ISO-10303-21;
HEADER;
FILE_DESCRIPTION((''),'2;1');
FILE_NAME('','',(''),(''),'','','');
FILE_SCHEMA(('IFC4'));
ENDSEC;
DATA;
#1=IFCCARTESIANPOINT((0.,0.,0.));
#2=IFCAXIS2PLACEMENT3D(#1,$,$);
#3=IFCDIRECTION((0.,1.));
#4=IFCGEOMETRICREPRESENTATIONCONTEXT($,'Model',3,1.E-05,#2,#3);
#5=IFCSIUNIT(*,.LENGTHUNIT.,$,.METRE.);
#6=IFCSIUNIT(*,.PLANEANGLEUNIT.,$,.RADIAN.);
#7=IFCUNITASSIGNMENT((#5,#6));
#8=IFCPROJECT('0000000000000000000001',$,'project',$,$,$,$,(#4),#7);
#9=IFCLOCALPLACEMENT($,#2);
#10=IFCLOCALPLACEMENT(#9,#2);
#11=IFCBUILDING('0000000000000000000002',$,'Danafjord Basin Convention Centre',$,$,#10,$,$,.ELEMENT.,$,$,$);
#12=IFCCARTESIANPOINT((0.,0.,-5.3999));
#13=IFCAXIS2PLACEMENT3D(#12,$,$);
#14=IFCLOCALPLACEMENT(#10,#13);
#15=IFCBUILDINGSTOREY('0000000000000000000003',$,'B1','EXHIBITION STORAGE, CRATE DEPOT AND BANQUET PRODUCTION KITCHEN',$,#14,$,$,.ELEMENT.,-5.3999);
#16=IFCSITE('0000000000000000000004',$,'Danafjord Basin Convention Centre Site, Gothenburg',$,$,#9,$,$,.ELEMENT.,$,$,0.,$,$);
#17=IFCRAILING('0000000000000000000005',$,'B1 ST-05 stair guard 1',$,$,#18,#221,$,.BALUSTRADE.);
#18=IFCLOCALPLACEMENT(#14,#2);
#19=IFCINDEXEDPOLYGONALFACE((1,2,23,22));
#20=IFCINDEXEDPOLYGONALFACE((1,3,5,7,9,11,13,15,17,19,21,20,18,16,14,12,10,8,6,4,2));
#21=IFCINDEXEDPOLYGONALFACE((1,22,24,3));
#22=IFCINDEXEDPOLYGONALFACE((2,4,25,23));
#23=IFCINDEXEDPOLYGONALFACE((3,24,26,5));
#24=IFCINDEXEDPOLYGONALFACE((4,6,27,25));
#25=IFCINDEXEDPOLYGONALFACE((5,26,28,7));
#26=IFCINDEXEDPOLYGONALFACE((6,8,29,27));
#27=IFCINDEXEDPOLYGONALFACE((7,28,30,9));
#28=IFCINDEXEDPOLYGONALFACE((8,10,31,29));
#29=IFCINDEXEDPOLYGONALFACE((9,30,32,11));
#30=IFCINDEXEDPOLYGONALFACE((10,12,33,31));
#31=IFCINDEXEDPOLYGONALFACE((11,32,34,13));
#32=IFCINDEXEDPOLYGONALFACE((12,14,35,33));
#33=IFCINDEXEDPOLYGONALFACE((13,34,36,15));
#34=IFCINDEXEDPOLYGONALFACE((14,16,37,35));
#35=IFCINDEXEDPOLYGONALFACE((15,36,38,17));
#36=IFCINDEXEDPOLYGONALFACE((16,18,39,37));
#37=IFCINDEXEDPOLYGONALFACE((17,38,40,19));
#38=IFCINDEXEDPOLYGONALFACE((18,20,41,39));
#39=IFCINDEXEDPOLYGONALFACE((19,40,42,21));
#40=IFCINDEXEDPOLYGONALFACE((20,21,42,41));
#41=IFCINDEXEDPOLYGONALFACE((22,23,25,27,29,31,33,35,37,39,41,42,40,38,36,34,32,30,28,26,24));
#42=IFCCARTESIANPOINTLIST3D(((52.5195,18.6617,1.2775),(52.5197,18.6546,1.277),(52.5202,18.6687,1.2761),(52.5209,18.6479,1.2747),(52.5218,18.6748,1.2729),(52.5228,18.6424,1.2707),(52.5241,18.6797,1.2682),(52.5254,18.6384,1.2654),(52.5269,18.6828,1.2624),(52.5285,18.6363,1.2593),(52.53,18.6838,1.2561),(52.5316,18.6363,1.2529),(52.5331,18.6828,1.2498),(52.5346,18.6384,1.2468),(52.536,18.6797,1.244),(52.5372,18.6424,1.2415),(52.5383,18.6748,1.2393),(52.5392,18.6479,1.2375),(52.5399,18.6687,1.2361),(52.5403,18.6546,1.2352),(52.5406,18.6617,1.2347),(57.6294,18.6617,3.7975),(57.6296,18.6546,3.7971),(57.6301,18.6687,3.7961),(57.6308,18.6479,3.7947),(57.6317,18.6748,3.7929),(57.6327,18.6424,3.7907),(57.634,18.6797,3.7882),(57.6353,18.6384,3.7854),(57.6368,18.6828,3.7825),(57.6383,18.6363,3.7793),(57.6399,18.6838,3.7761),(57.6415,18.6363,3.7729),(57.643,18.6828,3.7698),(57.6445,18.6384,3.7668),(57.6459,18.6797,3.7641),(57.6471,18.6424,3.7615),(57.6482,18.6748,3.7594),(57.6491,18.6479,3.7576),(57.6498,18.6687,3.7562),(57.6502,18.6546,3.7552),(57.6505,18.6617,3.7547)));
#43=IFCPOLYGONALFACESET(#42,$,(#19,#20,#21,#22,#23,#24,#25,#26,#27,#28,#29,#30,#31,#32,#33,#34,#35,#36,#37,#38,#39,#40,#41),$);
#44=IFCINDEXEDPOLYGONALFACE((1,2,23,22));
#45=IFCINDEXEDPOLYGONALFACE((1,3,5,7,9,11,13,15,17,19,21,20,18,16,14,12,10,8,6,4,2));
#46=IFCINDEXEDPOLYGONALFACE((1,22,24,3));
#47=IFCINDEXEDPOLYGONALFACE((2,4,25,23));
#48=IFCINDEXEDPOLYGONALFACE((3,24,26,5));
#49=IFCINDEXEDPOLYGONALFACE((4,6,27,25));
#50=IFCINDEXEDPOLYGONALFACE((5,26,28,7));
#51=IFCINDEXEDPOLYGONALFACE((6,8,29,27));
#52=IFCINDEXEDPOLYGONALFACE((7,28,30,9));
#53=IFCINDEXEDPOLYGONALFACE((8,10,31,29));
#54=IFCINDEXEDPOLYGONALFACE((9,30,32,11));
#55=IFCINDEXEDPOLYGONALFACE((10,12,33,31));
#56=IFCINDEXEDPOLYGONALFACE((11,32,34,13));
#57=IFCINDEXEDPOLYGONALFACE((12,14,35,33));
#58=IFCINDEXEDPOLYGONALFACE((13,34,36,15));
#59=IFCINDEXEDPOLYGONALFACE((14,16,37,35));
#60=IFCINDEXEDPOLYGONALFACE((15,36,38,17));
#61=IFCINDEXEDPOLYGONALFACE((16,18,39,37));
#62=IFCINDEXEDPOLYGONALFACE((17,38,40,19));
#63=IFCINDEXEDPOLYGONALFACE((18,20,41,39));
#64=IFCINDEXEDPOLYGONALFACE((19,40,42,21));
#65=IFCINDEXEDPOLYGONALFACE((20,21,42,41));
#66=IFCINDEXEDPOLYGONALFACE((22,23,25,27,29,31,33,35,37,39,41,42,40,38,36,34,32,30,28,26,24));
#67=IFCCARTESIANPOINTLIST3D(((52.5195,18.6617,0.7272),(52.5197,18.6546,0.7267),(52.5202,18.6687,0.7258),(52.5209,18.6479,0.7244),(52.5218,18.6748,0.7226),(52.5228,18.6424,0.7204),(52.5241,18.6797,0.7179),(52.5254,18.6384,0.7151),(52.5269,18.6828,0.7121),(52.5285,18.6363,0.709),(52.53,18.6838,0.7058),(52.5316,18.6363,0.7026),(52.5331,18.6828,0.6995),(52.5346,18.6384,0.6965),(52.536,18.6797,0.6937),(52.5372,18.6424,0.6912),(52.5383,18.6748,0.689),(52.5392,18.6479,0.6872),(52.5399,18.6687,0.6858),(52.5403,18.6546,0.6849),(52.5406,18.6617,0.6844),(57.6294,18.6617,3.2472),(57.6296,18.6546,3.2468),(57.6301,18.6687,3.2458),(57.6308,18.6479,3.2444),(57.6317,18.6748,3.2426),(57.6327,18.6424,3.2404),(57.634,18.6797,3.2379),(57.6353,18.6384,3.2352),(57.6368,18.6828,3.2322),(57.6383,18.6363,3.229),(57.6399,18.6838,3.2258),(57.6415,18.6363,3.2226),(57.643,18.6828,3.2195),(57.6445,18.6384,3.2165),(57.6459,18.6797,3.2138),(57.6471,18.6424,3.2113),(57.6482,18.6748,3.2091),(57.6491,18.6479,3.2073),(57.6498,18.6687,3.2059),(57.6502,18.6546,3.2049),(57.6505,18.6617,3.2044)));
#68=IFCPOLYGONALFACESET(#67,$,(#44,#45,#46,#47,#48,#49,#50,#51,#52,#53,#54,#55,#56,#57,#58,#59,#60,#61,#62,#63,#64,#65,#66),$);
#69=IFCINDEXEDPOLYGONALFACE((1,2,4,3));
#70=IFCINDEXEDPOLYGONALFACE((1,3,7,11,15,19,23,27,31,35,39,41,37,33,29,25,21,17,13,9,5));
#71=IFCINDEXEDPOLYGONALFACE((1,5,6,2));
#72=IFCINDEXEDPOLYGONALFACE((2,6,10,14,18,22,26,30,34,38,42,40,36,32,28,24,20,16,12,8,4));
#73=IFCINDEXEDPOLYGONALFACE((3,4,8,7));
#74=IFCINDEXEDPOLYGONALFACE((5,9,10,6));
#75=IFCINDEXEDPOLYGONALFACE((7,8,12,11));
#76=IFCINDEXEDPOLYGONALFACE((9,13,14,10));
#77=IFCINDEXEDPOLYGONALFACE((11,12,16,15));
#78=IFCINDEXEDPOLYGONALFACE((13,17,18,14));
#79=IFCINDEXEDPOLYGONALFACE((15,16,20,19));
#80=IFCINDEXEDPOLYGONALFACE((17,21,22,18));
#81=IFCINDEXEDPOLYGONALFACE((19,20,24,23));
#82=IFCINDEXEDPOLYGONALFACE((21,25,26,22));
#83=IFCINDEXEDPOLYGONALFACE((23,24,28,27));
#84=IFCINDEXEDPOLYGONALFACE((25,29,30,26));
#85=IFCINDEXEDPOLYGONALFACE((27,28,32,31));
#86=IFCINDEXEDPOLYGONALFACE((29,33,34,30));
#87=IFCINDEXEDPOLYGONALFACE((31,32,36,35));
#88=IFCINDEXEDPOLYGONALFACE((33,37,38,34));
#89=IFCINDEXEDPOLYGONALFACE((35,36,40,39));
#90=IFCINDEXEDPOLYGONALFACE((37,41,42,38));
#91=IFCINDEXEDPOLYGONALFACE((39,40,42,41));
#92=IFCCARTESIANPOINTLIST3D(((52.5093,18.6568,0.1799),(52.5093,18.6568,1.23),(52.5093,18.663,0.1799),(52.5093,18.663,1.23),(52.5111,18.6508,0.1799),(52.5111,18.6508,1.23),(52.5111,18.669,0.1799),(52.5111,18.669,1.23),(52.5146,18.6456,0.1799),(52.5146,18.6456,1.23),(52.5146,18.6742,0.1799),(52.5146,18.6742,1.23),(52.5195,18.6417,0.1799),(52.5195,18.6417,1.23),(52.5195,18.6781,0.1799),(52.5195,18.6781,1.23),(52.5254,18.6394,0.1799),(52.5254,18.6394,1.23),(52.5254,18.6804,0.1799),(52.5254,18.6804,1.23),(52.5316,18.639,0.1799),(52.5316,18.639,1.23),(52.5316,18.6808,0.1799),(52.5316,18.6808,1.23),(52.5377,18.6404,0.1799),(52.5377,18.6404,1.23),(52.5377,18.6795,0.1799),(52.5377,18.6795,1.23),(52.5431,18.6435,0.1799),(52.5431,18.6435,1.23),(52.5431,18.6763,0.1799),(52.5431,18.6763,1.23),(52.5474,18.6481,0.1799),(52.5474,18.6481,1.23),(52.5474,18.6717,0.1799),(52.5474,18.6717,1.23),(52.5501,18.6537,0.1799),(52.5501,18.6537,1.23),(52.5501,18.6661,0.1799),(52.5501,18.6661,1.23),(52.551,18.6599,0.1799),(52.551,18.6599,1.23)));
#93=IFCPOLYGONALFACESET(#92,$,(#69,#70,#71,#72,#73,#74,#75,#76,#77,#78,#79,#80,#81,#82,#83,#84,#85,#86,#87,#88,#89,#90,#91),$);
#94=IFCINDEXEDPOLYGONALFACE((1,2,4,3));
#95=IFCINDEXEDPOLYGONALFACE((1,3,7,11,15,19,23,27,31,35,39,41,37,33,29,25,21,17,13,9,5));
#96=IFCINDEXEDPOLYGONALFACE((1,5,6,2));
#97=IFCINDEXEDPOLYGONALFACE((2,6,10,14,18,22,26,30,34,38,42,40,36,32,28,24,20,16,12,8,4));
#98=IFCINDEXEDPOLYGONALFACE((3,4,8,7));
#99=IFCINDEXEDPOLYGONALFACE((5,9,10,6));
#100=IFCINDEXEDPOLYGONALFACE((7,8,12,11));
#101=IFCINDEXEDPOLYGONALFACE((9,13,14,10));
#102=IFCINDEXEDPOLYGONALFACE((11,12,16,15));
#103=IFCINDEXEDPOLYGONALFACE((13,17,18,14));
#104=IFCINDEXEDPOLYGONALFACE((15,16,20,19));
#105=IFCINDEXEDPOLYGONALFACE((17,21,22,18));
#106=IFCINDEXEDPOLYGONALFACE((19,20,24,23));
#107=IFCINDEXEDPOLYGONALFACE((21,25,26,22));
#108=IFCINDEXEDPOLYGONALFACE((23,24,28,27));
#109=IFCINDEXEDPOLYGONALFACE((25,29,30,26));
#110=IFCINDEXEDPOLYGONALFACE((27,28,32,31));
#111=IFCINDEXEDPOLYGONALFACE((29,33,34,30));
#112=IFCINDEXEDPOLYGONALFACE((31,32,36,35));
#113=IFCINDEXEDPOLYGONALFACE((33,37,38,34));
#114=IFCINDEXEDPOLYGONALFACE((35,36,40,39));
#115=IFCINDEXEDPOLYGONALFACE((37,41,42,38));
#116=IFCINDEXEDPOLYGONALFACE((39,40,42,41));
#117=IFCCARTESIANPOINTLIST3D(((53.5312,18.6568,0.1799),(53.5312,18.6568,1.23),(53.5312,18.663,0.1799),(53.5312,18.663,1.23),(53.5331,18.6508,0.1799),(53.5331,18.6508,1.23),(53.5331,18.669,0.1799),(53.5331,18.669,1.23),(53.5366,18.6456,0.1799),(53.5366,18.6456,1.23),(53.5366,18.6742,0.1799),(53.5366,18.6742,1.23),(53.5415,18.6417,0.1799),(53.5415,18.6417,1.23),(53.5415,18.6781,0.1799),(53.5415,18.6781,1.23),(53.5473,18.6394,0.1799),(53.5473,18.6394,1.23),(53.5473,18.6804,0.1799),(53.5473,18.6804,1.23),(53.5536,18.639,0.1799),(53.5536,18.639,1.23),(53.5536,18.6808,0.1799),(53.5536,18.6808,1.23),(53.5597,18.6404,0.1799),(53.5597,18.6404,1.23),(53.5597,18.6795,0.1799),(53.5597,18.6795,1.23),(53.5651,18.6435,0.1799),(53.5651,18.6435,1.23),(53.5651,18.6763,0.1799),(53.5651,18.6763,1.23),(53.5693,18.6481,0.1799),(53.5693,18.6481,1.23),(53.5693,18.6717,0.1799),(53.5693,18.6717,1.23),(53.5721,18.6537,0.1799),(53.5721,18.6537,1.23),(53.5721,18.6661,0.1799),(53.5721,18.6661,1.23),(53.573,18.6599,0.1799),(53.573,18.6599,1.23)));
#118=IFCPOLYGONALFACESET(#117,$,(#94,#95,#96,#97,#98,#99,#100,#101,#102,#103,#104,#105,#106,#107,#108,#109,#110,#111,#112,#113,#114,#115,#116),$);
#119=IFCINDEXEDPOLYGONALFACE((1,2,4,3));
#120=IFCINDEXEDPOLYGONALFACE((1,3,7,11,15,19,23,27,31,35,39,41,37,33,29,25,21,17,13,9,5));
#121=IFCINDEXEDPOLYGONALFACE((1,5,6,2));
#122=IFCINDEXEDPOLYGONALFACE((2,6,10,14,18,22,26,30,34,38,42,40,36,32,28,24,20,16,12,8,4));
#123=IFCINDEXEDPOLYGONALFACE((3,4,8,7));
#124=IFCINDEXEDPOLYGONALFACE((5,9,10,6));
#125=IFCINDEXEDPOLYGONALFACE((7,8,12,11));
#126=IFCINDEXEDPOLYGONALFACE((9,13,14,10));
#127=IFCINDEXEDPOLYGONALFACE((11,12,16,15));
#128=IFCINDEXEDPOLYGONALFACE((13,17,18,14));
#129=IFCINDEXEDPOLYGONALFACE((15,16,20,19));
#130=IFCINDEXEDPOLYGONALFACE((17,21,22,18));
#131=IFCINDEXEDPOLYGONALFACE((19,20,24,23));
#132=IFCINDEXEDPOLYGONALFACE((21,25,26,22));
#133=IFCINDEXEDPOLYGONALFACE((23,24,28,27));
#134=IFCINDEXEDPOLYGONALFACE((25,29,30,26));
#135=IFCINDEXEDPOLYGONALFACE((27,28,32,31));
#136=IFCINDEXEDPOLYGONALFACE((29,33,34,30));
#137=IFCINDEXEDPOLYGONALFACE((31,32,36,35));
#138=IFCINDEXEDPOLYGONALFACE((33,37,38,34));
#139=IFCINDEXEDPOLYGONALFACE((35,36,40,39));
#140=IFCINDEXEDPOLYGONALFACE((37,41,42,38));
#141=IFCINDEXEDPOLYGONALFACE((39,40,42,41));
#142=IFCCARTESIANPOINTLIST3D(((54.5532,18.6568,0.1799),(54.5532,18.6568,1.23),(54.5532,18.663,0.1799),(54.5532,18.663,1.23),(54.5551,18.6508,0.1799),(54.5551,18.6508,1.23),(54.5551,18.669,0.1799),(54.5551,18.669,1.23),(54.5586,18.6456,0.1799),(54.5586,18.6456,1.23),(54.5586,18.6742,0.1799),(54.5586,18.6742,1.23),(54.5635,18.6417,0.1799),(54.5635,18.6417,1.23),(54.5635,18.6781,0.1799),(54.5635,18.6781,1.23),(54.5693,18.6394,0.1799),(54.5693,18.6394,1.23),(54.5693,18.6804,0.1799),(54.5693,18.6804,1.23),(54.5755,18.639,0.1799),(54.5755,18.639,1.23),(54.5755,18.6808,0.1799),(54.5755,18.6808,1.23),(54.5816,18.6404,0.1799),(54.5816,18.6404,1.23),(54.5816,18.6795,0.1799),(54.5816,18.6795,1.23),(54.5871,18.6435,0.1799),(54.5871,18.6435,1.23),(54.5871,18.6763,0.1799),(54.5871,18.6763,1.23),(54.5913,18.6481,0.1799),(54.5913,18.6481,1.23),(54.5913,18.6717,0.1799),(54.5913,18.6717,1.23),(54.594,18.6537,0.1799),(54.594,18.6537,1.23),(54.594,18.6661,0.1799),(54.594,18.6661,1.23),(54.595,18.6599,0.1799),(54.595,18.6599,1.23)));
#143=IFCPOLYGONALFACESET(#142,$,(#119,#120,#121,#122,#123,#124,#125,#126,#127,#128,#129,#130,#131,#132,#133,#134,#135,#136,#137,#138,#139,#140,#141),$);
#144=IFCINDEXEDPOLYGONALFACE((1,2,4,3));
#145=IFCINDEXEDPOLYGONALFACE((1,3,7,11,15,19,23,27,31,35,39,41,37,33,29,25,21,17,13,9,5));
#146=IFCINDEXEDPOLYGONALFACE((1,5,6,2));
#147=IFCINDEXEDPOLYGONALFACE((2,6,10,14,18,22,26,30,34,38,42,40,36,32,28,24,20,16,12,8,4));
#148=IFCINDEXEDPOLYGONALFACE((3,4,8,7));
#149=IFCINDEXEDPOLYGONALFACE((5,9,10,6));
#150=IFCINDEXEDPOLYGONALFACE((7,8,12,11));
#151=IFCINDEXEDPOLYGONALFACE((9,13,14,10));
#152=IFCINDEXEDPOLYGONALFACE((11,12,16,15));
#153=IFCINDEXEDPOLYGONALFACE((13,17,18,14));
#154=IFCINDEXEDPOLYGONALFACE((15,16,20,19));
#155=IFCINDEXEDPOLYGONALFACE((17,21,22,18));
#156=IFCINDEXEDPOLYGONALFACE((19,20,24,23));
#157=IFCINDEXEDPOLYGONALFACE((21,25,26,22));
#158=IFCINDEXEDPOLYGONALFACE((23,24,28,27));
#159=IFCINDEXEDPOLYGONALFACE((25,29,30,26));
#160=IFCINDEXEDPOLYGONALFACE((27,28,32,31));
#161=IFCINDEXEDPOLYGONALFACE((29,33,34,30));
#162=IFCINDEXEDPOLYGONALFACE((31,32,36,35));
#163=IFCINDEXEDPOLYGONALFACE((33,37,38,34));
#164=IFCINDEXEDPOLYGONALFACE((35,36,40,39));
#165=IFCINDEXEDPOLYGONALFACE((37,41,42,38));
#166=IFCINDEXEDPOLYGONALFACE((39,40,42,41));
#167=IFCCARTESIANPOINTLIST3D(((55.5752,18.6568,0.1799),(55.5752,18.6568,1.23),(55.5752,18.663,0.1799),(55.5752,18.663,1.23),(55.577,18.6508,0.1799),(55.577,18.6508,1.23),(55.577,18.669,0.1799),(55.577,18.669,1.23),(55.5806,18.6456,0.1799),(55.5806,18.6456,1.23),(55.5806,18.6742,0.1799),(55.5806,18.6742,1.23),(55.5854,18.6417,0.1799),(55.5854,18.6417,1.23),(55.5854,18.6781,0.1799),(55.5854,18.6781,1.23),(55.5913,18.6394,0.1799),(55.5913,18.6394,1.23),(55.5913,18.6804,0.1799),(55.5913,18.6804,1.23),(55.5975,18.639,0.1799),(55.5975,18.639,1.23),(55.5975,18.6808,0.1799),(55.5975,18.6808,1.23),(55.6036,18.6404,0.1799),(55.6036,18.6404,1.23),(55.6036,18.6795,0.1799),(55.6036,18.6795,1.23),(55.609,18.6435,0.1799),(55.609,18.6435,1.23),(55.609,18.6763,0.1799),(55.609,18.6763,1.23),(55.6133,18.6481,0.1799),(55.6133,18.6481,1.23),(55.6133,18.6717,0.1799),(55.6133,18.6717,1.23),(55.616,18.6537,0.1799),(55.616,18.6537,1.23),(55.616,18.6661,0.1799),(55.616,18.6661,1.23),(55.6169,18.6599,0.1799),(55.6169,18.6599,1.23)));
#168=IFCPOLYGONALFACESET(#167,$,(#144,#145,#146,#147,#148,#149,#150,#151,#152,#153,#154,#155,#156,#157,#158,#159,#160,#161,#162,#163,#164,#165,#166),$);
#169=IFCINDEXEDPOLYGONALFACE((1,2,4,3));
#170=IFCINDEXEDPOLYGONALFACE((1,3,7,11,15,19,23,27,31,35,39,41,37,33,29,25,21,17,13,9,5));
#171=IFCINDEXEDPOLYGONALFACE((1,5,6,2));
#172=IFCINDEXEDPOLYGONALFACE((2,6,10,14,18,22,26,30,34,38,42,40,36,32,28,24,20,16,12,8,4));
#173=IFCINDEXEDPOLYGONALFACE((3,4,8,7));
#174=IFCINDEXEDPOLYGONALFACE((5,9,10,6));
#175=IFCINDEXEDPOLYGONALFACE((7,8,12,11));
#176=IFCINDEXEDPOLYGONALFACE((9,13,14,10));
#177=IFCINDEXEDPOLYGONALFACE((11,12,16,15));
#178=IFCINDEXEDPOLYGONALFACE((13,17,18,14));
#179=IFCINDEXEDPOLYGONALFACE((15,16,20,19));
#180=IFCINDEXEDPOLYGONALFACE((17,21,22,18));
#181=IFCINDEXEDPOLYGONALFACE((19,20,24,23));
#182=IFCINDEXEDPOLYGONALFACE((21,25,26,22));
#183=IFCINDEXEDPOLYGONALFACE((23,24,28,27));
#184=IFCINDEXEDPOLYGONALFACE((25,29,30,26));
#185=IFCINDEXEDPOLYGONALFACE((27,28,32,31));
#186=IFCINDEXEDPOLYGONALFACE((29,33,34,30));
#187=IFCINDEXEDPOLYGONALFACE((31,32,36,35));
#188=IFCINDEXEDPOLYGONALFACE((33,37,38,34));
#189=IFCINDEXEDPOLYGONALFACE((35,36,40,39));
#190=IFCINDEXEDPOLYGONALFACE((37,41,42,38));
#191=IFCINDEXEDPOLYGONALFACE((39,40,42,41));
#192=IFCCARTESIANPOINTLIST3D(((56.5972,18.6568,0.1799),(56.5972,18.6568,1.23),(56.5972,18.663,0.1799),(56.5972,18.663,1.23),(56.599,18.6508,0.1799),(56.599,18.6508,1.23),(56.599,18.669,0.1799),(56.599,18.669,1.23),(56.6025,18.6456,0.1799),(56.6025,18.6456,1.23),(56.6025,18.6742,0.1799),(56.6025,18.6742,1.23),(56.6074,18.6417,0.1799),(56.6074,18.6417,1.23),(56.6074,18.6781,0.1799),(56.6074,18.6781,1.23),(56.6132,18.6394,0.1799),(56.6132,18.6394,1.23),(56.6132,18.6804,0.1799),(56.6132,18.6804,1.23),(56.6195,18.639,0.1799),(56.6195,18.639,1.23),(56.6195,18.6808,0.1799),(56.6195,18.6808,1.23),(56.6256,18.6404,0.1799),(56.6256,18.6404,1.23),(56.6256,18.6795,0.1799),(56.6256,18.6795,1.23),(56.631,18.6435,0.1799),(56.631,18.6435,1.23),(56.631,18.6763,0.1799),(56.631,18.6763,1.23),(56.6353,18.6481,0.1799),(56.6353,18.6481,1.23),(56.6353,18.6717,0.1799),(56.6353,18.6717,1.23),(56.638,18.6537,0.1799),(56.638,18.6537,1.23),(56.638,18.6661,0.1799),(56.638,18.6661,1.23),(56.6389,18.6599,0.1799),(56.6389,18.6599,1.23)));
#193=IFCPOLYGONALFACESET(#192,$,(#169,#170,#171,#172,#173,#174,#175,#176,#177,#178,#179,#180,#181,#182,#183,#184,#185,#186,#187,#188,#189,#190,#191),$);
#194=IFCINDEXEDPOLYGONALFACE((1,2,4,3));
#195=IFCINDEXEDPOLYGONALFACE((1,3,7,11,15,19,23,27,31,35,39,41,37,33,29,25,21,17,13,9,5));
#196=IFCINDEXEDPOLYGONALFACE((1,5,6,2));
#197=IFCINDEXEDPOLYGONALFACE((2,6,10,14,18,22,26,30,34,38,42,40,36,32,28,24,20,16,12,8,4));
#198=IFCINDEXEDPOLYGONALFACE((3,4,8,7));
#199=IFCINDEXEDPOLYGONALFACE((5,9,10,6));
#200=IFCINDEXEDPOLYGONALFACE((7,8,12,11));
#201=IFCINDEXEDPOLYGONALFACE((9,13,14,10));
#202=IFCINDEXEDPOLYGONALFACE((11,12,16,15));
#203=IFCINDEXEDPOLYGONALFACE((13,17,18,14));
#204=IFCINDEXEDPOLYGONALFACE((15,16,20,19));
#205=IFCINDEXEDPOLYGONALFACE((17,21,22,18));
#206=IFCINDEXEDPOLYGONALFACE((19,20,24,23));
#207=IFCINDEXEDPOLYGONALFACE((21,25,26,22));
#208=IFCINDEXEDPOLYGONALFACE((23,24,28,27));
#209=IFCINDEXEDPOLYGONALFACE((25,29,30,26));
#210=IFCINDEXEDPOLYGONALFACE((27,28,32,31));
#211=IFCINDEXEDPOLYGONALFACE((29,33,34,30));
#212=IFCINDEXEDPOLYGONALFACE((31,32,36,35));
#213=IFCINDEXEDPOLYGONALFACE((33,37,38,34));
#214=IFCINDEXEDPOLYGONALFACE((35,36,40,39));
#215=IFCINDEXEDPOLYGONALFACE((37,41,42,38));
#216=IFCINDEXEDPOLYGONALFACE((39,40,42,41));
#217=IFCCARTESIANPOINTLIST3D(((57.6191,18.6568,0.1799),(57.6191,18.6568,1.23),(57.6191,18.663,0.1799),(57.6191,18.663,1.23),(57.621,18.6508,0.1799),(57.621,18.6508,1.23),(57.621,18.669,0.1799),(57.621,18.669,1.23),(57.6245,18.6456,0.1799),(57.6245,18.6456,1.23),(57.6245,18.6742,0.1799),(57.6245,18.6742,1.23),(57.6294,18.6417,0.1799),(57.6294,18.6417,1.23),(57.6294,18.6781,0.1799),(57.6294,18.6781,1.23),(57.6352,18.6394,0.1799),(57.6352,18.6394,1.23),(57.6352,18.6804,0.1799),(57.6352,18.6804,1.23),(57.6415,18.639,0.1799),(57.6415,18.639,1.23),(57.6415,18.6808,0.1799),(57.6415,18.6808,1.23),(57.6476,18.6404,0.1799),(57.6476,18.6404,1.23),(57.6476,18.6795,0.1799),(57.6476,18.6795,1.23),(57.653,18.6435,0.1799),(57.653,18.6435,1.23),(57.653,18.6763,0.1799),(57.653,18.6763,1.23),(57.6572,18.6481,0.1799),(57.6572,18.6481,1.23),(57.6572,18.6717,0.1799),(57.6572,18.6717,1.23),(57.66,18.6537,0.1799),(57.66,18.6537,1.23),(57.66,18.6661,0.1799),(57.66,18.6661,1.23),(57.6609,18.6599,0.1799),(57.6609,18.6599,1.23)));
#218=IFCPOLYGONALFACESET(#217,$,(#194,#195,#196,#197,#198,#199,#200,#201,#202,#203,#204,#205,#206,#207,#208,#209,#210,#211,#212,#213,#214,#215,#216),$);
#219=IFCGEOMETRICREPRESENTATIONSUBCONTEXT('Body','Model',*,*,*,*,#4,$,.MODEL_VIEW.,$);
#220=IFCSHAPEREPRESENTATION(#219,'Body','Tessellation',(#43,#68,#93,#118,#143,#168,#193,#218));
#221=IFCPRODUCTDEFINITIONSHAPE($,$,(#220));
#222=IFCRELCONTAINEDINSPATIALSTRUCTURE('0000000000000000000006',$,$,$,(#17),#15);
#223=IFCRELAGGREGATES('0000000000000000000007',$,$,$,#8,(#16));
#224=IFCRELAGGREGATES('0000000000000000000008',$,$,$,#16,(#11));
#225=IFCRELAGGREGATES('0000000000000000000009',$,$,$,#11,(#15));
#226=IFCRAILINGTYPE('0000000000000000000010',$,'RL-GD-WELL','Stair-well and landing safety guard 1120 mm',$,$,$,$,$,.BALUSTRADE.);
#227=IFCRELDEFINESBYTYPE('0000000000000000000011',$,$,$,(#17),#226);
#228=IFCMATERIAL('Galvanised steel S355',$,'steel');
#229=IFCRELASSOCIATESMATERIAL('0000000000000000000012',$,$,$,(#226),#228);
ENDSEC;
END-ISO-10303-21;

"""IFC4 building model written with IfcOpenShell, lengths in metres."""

from ifc_helpers import new_model, si_unit, direction, frame, origin, origin_2d, place, context, subcontext, project, spatial, circle, extrude, material, type_object, element, save


model = new_model("IFC4")

# Units and contexts
model_context = context("Model", 3, precision=1e-05, world=origin(), true_north=direction((0.0, 1.0)))
body_context = subcontext(model_context, "Body", "Model", "MODEL_VIEW")
ifc_project = project(units=[si_unit("LENGTHUNIT", "METRE"), si_unit("PLANEANGLEUNIT", "RADIAN")], contexts=[model_context])

# Site, building, storey
site_placement = place(None, origin())
site = spatial("IfcSite", under=ifc_project, at=site_placement, Name="Danafjord Basin Convention Centre Site, Gothenburg", CompositionType="ELEMENT", RefElevation=0.0)
building_placement = place(site_placement, origin())
building = spatial("IfcBuilding", under=site, at=building_placement, Name="Danafjord Basin Convention Centre", CompositionType="ELEMENT")
storey_placement = place(building_placement, frame((0.0, 0.0, -5.3999)))
storey = spatial("IfcBuildingStorey", under=building, at=storey_placement, Name="B1", Description="EXHIBITION STORAGE, CRATE DEPOT AND BANQUET PRODUCTION KITCHEN", CompositionType="ELEMENT", Elevation=-5.3999)

# Railing
ifc_material_1 = material(Name="Galvanised steel S355", Category="steel")
railing_type_1 = type_object("IfcRailingType", Name="RL-GD-WELL", Description="Stair-well and landing safety guard 1120 mm", PredefinedType="BALUSTRADE", material=ifc_material_1)
railing_1_placement = place(storey_placement, frame((52.53, 18.6599, 0.1799)))
element("IfcRailing", 1, at=railing_1_placement, inside=storey, type_object=railing_type_1, Name="B1 ST-05 stair guard 1", PredefinedType="BALUSTRADE", context=body_context, shape_type="SweptSolid", body=[
    extrude(circle(Radius=0.0239, at=origin_2d()), frame((0.0, 0.0, 1.0762), z_axis=(0.896865, 0.0, 0.442305), x_axis=(0.0, 1.0, 0.0)), (0.0, 0.0, 1.0), 5.6975),
    extrude(circle(Radius=0.0239, at=origin_2d()), frame((0.0, 0.0, 0.5259), z_axis=(0.896865, 0.0, 0.442305), x_axis=(0.0, 1.0, 0.0)), (0.0, 0.0, 1.0), 5.6975),
    extrude(circle(Radius=0.021, at=origin_2d()), origin(), (0.0, 0.0, 1.0), 1.05),
    extrude(circle(Radius=0.021, at=origin_2d()), frame((1.022, 0.0, 0.0)), (0.0, 0.0, 1.0), 1.05),
    extrude(circle(Radius=0.021, at=origin_2d()), frame((2.0439, 0.0, 0.0)), (0.0, 0.0, 1.0), 1.05),
    extrude(circle(Radius=0.021, at=origin_2d()), frame((3.0659, 0.0, 0.0)), (0.0, 0.0, 1.0), 1.05),
    extrude(circle(Radius=0.021, at=origin_2d()), frame((4.0879, 0.0, 0.0)), (0.0, 0.0, 1.0), 1.05),
    extrude(circle(Radius=0.021, at=origin_2d()), frame((5.1099, 0.0, 0.0)), (0.0, 0.0, 1.0), 1.05),
])

save(model, "model.ifc")
